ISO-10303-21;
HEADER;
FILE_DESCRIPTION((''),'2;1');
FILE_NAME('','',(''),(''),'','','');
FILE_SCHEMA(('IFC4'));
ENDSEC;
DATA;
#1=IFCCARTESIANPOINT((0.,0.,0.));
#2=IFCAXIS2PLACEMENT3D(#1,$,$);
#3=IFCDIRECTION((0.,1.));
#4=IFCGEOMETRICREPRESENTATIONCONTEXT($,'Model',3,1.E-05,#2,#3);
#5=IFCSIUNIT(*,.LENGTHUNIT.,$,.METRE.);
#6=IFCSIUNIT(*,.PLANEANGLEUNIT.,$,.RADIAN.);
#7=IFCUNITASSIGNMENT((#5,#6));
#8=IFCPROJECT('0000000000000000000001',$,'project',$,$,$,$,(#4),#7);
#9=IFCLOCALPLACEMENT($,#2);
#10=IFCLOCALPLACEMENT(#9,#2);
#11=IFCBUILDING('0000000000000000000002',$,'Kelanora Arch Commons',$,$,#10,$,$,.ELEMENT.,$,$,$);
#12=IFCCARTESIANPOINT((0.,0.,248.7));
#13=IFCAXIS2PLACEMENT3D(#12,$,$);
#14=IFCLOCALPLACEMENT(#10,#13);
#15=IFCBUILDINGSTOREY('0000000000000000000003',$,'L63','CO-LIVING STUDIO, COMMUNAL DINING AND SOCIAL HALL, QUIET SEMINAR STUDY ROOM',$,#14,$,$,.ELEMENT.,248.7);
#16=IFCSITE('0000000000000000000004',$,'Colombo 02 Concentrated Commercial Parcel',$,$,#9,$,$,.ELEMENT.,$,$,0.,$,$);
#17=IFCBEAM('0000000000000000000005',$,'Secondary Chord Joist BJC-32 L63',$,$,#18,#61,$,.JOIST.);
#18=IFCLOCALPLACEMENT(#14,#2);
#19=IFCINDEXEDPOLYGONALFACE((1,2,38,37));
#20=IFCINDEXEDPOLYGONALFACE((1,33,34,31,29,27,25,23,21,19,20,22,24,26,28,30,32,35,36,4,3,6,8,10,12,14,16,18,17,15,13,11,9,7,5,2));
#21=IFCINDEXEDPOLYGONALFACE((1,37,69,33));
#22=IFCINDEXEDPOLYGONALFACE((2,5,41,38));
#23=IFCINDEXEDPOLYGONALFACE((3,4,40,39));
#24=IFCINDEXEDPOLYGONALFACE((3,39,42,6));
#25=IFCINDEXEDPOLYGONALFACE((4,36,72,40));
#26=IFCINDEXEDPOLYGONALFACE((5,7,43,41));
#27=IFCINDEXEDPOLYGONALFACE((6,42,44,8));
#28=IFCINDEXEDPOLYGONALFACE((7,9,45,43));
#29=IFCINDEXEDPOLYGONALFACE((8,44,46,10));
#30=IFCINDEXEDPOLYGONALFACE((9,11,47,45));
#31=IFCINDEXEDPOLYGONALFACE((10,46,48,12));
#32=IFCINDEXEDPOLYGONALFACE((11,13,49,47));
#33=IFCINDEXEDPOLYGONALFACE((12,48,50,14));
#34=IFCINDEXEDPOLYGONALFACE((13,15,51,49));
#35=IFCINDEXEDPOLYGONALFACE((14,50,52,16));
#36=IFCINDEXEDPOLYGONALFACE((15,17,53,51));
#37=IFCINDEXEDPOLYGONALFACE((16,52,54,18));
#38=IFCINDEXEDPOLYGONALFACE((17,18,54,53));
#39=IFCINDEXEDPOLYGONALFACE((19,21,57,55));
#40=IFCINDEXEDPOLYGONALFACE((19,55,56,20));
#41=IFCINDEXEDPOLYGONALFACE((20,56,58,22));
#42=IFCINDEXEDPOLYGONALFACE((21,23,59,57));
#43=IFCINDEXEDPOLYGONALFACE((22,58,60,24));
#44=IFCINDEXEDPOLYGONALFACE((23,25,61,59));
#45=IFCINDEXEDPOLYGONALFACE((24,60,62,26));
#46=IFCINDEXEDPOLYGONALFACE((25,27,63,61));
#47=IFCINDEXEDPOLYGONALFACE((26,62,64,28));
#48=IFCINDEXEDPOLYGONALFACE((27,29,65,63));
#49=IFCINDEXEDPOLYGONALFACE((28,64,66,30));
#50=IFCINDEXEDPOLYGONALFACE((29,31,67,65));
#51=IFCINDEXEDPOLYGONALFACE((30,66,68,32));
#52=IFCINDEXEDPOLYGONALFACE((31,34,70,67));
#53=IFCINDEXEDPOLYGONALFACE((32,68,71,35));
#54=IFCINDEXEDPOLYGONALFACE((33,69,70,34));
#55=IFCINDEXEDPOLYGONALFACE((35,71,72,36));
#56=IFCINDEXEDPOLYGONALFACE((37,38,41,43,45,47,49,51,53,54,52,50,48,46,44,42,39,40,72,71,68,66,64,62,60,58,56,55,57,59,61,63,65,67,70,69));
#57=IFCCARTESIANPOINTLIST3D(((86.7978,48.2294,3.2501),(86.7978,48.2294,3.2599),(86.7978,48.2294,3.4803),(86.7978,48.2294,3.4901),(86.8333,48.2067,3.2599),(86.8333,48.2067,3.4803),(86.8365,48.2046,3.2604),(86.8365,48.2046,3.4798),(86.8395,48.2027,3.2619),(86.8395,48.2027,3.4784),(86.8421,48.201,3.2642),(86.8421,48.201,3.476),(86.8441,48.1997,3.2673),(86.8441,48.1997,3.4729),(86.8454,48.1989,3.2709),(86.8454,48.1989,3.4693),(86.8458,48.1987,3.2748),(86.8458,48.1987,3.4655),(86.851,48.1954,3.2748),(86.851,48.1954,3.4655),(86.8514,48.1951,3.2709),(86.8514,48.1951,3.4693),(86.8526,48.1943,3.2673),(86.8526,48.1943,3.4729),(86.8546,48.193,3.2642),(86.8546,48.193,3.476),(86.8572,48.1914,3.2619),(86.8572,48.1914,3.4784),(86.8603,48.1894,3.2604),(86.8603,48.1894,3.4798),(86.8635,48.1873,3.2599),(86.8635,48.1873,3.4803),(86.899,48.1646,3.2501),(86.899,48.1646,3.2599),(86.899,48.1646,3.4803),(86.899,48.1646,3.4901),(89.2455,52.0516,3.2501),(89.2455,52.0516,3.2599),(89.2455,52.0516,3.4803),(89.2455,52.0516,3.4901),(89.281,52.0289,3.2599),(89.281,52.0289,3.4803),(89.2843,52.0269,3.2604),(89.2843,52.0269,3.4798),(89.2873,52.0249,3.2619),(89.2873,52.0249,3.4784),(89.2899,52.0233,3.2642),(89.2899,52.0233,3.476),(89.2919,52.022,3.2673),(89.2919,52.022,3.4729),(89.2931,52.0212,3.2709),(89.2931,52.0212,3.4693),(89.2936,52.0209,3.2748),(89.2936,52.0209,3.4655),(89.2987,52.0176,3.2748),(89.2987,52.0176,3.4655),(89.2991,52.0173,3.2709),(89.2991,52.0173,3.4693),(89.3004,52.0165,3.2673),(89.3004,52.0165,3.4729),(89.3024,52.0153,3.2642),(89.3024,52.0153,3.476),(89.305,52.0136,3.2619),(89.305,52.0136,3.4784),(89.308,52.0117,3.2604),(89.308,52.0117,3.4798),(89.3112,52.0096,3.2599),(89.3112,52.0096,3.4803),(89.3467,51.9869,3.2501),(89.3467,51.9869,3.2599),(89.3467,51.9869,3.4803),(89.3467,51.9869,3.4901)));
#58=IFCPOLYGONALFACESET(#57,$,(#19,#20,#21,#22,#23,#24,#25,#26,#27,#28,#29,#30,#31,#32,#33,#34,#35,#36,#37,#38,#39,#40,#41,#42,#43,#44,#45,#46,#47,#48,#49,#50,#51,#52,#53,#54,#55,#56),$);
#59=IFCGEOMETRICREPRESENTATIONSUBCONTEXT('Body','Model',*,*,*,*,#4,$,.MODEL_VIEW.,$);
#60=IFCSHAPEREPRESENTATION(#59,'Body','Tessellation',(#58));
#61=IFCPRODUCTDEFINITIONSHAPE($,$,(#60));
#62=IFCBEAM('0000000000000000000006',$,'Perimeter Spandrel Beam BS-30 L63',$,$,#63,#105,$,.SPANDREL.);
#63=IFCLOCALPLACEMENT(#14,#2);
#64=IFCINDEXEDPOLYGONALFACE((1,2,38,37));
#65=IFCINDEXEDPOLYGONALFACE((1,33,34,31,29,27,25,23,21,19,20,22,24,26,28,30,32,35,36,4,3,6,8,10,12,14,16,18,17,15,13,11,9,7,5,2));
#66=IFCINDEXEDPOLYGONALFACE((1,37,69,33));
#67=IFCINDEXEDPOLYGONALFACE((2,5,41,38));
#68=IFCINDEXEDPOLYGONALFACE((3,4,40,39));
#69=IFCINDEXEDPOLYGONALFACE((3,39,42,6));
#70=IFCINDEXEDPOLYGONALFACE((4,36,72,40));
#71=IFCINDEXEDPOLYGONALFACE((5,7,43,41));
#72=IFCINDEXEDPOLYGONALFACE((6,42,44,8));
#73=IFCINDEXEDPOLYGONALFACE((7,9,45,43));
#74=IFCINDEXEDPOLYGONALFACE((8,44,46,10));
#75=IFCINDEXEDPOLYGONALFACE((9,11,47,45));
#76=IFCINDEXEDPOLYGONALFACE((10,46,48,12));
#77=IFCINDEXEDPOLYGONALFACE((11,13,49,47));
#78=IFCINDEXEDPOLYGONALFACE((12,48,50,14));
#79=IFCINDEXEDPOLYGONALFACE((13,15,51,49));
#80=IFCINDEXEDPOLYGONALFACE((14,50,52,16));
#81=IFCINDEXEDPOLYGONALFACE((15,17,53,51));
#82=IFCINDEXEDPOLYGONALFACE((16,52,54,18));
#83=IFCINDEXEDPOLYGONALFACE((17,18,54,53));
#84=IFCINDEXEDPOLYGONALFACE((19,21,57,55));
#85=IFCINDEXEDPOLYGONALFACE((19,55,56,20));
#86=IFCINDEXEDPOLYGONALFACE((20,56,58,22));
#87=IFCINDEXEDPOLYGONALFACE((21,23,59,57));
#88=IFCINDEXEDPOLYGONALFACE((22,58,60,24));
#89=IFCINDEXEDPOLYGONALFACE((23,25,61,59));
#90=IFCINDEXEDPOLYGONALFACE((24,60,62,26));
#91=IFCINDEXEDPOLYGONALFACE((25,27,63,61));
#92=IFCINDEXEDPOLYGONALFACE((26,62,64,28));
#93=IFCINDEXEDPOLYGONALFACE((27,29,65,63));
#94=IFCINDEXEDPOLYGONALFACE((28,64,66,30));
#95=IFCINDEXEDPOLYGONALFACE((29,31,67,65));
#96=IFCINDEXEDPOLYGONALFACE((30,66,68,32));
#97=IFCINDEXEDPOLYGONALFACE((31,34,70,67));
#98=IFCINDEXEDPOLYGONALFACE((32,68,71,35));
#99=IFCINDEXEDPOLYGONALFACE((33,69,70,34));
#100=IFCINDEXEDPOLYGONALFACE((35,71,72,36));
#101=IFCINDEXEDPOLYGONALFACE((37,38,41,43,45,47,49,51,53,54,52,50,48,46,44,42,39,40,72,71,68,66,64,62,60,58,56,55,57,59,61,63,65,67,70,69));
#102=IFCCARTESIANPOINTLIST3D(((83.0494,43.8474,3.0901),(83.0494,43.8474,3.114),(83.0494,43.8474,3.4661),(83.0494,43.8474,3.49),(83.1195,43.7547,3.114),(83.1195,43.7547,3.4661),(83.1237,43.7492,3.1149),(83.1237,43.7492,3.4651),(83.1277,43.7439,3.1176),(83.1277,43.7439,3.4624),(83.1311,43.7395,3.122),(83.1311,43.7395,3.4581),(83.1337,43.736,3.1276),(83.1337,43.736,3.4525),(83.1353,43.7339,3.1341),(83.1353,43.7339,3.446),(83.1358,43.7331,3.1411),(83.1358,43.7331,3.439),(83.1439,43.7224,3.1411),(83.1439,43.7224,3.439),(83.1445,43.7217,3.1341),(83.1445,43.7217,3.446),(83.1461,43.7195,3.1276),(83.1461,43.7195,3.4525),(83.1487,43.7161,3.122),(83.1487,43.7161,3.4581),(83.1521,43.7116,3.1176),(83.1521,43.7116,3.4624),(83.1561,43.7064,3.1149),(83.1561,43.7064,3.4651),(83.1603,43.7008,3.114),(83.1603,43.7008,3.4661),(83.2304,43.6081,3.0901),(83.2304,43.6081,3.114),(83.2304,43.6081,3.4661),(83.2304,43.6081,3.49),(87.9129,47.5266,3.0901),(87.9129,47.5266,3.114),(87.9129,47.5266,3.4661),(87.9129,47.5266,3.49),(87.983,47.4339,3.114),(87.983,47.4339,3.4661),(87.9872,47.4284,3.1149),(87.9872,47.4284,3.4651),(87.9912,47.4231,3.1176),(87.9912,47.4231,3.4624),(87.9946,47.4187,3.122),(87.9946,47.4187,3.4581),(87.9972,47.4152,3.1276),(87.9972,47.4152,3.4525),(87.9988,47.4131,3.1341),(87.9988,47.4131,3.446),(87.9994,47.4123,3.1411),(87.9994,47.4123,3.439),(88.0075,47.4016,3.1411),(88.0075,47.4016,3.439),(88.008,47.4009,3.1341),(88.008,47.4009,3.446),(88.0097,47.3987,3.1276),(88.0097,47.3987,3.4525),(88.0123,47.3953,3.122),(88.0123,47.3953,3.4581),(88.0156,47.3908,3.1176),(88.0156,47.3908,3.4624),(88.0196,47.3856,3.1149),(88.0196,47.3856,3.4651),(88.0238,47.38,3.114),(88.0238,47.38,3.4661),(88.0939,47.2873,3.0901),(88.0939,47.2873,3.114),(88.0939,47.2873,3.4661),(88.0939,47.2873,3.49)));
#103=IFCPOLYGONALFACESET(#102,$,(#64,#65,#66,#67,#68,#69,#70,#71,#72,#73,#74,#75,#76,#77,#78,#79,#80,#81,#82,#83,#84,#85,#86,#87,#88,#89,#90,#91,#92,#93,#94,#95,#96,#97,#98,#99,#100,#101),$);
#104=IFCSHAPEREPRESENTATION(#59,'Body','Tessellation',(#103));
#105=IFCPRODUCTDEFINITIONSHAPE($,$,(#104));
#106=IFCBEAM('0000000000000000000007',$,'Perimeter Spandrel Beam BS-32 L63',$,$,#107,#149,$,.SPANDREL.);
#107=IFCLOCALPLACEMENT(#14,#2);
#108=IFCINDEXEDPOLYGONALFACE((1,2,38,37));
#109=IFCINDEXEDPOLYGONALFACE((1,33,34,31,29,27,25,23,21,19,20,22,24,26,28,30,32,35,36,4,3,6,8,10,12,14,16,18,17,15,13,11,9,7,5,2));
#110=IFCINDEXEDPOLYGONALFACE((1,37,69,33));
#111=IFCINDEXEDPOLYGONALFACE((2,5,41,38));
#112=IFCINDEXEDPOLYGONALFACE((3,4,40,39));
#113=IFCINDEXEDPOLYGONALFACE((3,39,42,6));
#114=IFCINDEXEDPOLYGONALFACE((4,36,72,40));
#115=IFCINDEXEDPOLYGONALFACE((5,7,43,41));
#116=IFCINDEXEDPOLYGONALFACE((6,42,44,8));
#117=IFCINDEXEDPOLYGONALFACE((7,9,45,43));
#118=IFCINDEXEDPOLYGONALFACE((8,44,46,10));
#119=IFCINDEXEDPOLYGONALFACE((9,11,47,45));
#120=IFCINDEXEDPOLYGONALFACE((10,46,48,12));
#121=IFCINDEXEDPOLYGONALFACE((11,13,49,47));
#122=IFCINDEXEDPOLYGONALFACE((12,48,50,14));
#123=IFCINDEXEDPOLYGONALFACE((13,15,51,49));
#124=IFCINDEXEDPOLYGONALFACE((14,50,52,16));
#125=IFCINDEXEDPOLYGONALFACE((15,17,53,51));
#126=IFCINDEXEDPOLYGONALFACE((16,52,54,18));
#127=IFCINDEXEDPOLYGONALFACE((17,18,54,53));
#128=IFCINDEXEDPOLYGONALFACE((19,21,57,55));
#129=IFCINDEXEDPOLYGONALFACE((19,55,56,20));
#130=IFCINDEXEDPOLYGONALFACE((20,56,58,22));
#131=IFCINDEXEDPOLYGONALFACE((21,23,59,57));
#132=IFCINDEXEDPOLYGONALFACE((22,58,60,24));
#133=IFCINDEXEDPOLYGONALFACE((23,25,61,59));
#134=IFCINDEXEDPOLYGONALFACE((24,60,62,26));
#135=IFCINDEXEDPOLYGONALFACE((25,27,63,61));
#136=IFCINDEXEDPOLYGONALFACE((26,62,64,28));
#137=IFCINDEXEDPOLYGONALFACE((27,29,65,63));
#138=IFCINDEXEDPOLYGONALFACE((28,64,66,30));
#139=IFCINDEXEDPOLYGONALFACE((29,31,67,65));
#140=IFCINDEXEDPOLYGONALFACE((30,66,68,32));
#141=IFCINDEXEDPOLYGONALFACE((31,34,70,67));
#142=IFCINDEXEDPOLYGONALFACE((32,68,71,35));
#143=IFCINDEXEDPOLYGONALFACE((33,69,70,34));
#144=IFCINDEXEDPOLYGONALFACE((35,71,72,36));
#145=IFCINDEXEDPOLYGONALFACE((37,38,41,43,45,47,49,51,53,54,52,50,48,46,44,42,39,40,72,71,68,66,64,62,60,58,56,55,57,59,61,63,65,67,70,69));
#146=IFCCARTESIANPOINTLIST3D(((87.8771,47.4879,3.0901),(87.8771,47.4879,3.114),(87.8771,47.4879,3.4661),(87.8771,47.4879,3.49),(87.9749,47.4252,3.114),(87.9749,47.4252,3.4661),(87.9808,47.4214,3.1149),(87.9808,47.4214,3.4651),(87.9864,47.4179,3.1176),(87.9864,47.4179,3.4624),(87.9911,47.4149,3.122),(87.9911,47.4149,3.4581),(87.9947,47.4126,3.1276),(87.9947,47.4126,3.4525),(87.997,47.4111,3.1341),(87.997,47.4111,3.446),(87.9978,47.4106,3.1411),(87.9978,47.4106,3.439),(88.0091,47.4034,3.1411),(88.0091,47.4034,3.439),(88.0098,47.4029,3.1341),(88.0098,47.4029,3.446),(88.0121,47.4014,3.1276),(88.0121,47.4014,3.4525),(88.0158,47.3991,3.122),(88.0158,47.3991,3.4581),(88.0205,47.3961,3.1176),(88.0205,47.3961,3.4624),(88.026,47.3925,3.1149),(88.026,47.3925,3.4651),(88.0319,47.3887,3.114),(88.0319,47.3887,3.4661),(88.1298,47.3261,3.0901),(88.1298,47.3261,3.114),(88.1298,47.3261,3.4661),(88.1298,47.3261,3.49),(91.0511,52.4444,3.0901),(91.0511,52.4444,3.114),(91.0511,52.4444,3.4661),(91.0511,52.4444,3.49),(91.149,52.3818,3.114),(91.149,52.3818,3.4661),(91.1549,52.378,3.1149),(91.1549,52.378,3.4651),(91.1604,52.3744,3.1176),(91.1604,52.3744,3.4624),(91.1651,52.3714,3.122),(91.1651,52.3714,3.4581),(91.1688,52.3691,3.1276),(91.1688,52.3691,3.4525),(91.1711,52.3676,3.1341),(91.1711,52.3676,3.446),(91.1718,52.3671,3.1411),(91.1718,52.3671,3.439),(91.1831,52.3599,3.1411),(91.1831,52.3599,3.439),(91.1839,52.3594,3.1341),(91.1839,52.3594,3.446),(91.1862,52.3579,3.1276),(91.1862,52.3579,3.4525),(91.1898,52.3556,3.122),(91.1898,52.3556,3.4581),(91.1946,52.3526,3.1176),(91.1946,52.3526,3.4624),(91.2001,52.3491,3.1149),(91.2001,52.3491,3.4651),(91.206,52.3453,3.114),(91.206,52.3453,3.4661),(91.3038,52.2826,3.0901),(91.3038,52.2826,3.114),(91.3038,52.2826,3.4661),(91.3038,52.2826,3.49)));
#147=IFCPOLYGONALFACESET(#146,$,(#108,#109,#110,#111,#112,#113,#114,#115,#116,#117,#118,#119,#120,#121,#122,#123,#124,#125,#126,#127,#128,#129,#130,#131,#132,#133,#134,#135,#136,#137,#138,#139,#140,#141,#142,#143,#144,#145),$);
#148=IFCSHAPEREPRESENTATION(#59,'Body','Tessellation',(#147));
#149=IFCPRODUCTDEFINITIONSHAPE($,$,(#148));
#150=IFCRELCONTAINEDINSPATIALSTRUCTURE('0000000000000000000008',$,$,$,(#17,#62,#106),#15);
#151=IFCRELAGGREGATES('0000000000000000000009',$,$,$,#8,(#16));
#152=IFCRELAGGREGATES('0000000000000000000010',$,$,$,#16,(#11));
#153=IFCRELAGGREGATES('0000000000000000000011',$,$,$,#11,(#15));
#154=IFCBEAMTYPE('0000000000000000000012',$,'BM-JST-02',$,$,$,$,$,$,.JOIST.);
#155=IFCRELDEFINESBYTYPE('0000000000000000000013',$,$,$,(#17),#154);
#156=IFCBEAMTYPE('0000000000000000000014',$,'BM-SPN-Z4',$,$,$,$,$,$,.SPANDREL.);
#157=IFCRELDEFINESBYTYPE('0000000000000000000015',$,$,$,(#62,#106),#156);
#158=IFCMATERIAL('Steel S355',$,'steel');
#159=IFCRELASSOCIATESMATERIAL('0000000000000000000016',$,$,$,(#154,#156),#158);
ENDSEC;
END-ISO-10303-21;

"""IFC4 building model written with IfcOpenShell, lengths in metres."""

from ifc_helpers import new_model, si_unit, direction, frame, origin, origin_2d, place, context, subcontext, project, spatial, i_section, extrude, material, material_profile, profile_set, type_object, element, save


model = new_model("IFC4")

# Units and contexts
model_context = context("Model", 3, precision=1e-05, world=origin(), true_north=direction((0.0, 1.0)))
body_context = subcontext(model_context, "Body", "Model", "MODEL_VIEW")
ifc_project = project(units=[si_unit("LENGTHUNIT", "METRE"), si_unit("PLANEANGLEUNIT", "RADIAN")], contexts=[model_context])

# Site, building, storey
site_placement = place(None, origin())
site = spatial("IfcSite", under=ifc_project, at=site_placement, Name="Colombo 02 Concentrated Commercial Parcel", CompositionType="ELEMENT", RefElevation=0.0)
building_placement = place(site_placement, origin())
building = spatial("IfcBuilding", under=site, at=building_placement, Name="Kelanora Arch Commons", CompositionType="ELEMENT")
storey_placement = place(building_placement, frame((0.0, 0.0, 248.7)))
storey = spatial("IfcBuildingStorey", under=building, at=storey_placement, Name="L63", Description="CO-LIVING STUDIO, COMMUNAL DINING AND SOCIAL HALL, QUIET SEMINAR STUDY ROOM", CompositionType="ELEMENT", Elevation=248.7)

# Beams
ifc_material_1 = material(Name="Steel S355", Category="steel")
ifc_material_profile_1 = material_profile(ifc_material_1, i_section(OverallWidth=0.1201, OverallDepth=0.24, WebThickness=0.0061, FlangeThickness=0.0098, FilletRadius=0.0149, at=origin_2d()), Name="IPE240")
ifc_profile_set_1 = profile_set([ifc_material_profile_1], Name="Steel S355")
beam_type_1 = type_object("IfcBeamType", Name="BM-JST-02", PredefinedType="JOIST", material=ifc_profile_set_1)
beam_1_placement = place(storey_placement, frame((86.8484, 48.197, 3.3701), z_axis=(0.539289, 0.842121, 0.0), x_axis=(-0.842121, 0.539289, 0.0)))
element("IfcBeam", 1, at=beam_1_placement, inside=storey, type_object=beam_type_1, Name="Secondary Chord Joist BJC-32 L63", PredefinedType="JOIST", context=body_context, shape_type="SweptSolid", body=[
    extrude(i_section(OverallWidth=0.1201, OverallDepth=0.24, WebThickness=0.0061, FlangeThickness=0.0098, FilletRadius=0.0149, at=origin_2d()), origin(), (0.0, 0.0, 1.0), 4.5388),
])
ifc_material_profile_2 = material_profile(ifc_material_1, i_section(OverallWidth=0.3, OverallDepth=0.3999, WebThickness=0.0134, FlangeThickness=0.0239, FilletRadius=0.0271, at=origin_2d()), Name="HEB400")
ifc_profile_set_2 = profile_set([ifc_material_profile_2], Name="Steel S355")
beam_type_2 = type_object("IfcBeamType", Name="BM-SPN-Z4", PredefinedType="SPANDREL", material=ifc_profile_set_2)
beam_2_placement = place(storey_placement, frame((83.1399, 43.7278, 3.29), z_axis=(0.797509, 0.603306, 0.0), x_axis=(-0.603306, 0.797509, 0.0)))
element("IfcBeam", 2, at=beam_2_placement, inside=storey, type_object=beam_type_2, Name="Perimeter Spandrel Beam BS-30 L63", PredefinedType="SPANDREL", context=body_context, shape_type="SweptSolid", body=[
    extrude(i_section(OverallWidth=0.3, OverallDepth=0.3999, WebThickness=0.0134, FlangeThickness=0.0239, FilletRadius=0.0271, at=origin_2d()), origin(), (0.0, 0.0, 1.0), 6.0984),
])
beam_3_placement = place(storey_placement, frame((88.0034, 47.407, 3.29), z_axis=(0.539281, 0.842126, 0.0), x_axis=(-0.842126, 0.539281, 0.0)))
element("IfcBeam", 3, at=beam_3_placement, inside=storey, type_object=beam_type_2, Name="Perimeter Spandrel Beam BS-32 L63", PredefinedType="SPANDREL", context=body_context, shape_type="SweptSolid", body=[
    extrude(i_section(OverallWidth=0.3, OverallDepth=0.3999, WebThickness=0.0134, FlangeThickness=0.0239, FilletRadius=0.0271, at=origin_2d()), origin(), (0.0, 0.0, 1.0), 5.8857),
])

save(model, "model.ifc")
